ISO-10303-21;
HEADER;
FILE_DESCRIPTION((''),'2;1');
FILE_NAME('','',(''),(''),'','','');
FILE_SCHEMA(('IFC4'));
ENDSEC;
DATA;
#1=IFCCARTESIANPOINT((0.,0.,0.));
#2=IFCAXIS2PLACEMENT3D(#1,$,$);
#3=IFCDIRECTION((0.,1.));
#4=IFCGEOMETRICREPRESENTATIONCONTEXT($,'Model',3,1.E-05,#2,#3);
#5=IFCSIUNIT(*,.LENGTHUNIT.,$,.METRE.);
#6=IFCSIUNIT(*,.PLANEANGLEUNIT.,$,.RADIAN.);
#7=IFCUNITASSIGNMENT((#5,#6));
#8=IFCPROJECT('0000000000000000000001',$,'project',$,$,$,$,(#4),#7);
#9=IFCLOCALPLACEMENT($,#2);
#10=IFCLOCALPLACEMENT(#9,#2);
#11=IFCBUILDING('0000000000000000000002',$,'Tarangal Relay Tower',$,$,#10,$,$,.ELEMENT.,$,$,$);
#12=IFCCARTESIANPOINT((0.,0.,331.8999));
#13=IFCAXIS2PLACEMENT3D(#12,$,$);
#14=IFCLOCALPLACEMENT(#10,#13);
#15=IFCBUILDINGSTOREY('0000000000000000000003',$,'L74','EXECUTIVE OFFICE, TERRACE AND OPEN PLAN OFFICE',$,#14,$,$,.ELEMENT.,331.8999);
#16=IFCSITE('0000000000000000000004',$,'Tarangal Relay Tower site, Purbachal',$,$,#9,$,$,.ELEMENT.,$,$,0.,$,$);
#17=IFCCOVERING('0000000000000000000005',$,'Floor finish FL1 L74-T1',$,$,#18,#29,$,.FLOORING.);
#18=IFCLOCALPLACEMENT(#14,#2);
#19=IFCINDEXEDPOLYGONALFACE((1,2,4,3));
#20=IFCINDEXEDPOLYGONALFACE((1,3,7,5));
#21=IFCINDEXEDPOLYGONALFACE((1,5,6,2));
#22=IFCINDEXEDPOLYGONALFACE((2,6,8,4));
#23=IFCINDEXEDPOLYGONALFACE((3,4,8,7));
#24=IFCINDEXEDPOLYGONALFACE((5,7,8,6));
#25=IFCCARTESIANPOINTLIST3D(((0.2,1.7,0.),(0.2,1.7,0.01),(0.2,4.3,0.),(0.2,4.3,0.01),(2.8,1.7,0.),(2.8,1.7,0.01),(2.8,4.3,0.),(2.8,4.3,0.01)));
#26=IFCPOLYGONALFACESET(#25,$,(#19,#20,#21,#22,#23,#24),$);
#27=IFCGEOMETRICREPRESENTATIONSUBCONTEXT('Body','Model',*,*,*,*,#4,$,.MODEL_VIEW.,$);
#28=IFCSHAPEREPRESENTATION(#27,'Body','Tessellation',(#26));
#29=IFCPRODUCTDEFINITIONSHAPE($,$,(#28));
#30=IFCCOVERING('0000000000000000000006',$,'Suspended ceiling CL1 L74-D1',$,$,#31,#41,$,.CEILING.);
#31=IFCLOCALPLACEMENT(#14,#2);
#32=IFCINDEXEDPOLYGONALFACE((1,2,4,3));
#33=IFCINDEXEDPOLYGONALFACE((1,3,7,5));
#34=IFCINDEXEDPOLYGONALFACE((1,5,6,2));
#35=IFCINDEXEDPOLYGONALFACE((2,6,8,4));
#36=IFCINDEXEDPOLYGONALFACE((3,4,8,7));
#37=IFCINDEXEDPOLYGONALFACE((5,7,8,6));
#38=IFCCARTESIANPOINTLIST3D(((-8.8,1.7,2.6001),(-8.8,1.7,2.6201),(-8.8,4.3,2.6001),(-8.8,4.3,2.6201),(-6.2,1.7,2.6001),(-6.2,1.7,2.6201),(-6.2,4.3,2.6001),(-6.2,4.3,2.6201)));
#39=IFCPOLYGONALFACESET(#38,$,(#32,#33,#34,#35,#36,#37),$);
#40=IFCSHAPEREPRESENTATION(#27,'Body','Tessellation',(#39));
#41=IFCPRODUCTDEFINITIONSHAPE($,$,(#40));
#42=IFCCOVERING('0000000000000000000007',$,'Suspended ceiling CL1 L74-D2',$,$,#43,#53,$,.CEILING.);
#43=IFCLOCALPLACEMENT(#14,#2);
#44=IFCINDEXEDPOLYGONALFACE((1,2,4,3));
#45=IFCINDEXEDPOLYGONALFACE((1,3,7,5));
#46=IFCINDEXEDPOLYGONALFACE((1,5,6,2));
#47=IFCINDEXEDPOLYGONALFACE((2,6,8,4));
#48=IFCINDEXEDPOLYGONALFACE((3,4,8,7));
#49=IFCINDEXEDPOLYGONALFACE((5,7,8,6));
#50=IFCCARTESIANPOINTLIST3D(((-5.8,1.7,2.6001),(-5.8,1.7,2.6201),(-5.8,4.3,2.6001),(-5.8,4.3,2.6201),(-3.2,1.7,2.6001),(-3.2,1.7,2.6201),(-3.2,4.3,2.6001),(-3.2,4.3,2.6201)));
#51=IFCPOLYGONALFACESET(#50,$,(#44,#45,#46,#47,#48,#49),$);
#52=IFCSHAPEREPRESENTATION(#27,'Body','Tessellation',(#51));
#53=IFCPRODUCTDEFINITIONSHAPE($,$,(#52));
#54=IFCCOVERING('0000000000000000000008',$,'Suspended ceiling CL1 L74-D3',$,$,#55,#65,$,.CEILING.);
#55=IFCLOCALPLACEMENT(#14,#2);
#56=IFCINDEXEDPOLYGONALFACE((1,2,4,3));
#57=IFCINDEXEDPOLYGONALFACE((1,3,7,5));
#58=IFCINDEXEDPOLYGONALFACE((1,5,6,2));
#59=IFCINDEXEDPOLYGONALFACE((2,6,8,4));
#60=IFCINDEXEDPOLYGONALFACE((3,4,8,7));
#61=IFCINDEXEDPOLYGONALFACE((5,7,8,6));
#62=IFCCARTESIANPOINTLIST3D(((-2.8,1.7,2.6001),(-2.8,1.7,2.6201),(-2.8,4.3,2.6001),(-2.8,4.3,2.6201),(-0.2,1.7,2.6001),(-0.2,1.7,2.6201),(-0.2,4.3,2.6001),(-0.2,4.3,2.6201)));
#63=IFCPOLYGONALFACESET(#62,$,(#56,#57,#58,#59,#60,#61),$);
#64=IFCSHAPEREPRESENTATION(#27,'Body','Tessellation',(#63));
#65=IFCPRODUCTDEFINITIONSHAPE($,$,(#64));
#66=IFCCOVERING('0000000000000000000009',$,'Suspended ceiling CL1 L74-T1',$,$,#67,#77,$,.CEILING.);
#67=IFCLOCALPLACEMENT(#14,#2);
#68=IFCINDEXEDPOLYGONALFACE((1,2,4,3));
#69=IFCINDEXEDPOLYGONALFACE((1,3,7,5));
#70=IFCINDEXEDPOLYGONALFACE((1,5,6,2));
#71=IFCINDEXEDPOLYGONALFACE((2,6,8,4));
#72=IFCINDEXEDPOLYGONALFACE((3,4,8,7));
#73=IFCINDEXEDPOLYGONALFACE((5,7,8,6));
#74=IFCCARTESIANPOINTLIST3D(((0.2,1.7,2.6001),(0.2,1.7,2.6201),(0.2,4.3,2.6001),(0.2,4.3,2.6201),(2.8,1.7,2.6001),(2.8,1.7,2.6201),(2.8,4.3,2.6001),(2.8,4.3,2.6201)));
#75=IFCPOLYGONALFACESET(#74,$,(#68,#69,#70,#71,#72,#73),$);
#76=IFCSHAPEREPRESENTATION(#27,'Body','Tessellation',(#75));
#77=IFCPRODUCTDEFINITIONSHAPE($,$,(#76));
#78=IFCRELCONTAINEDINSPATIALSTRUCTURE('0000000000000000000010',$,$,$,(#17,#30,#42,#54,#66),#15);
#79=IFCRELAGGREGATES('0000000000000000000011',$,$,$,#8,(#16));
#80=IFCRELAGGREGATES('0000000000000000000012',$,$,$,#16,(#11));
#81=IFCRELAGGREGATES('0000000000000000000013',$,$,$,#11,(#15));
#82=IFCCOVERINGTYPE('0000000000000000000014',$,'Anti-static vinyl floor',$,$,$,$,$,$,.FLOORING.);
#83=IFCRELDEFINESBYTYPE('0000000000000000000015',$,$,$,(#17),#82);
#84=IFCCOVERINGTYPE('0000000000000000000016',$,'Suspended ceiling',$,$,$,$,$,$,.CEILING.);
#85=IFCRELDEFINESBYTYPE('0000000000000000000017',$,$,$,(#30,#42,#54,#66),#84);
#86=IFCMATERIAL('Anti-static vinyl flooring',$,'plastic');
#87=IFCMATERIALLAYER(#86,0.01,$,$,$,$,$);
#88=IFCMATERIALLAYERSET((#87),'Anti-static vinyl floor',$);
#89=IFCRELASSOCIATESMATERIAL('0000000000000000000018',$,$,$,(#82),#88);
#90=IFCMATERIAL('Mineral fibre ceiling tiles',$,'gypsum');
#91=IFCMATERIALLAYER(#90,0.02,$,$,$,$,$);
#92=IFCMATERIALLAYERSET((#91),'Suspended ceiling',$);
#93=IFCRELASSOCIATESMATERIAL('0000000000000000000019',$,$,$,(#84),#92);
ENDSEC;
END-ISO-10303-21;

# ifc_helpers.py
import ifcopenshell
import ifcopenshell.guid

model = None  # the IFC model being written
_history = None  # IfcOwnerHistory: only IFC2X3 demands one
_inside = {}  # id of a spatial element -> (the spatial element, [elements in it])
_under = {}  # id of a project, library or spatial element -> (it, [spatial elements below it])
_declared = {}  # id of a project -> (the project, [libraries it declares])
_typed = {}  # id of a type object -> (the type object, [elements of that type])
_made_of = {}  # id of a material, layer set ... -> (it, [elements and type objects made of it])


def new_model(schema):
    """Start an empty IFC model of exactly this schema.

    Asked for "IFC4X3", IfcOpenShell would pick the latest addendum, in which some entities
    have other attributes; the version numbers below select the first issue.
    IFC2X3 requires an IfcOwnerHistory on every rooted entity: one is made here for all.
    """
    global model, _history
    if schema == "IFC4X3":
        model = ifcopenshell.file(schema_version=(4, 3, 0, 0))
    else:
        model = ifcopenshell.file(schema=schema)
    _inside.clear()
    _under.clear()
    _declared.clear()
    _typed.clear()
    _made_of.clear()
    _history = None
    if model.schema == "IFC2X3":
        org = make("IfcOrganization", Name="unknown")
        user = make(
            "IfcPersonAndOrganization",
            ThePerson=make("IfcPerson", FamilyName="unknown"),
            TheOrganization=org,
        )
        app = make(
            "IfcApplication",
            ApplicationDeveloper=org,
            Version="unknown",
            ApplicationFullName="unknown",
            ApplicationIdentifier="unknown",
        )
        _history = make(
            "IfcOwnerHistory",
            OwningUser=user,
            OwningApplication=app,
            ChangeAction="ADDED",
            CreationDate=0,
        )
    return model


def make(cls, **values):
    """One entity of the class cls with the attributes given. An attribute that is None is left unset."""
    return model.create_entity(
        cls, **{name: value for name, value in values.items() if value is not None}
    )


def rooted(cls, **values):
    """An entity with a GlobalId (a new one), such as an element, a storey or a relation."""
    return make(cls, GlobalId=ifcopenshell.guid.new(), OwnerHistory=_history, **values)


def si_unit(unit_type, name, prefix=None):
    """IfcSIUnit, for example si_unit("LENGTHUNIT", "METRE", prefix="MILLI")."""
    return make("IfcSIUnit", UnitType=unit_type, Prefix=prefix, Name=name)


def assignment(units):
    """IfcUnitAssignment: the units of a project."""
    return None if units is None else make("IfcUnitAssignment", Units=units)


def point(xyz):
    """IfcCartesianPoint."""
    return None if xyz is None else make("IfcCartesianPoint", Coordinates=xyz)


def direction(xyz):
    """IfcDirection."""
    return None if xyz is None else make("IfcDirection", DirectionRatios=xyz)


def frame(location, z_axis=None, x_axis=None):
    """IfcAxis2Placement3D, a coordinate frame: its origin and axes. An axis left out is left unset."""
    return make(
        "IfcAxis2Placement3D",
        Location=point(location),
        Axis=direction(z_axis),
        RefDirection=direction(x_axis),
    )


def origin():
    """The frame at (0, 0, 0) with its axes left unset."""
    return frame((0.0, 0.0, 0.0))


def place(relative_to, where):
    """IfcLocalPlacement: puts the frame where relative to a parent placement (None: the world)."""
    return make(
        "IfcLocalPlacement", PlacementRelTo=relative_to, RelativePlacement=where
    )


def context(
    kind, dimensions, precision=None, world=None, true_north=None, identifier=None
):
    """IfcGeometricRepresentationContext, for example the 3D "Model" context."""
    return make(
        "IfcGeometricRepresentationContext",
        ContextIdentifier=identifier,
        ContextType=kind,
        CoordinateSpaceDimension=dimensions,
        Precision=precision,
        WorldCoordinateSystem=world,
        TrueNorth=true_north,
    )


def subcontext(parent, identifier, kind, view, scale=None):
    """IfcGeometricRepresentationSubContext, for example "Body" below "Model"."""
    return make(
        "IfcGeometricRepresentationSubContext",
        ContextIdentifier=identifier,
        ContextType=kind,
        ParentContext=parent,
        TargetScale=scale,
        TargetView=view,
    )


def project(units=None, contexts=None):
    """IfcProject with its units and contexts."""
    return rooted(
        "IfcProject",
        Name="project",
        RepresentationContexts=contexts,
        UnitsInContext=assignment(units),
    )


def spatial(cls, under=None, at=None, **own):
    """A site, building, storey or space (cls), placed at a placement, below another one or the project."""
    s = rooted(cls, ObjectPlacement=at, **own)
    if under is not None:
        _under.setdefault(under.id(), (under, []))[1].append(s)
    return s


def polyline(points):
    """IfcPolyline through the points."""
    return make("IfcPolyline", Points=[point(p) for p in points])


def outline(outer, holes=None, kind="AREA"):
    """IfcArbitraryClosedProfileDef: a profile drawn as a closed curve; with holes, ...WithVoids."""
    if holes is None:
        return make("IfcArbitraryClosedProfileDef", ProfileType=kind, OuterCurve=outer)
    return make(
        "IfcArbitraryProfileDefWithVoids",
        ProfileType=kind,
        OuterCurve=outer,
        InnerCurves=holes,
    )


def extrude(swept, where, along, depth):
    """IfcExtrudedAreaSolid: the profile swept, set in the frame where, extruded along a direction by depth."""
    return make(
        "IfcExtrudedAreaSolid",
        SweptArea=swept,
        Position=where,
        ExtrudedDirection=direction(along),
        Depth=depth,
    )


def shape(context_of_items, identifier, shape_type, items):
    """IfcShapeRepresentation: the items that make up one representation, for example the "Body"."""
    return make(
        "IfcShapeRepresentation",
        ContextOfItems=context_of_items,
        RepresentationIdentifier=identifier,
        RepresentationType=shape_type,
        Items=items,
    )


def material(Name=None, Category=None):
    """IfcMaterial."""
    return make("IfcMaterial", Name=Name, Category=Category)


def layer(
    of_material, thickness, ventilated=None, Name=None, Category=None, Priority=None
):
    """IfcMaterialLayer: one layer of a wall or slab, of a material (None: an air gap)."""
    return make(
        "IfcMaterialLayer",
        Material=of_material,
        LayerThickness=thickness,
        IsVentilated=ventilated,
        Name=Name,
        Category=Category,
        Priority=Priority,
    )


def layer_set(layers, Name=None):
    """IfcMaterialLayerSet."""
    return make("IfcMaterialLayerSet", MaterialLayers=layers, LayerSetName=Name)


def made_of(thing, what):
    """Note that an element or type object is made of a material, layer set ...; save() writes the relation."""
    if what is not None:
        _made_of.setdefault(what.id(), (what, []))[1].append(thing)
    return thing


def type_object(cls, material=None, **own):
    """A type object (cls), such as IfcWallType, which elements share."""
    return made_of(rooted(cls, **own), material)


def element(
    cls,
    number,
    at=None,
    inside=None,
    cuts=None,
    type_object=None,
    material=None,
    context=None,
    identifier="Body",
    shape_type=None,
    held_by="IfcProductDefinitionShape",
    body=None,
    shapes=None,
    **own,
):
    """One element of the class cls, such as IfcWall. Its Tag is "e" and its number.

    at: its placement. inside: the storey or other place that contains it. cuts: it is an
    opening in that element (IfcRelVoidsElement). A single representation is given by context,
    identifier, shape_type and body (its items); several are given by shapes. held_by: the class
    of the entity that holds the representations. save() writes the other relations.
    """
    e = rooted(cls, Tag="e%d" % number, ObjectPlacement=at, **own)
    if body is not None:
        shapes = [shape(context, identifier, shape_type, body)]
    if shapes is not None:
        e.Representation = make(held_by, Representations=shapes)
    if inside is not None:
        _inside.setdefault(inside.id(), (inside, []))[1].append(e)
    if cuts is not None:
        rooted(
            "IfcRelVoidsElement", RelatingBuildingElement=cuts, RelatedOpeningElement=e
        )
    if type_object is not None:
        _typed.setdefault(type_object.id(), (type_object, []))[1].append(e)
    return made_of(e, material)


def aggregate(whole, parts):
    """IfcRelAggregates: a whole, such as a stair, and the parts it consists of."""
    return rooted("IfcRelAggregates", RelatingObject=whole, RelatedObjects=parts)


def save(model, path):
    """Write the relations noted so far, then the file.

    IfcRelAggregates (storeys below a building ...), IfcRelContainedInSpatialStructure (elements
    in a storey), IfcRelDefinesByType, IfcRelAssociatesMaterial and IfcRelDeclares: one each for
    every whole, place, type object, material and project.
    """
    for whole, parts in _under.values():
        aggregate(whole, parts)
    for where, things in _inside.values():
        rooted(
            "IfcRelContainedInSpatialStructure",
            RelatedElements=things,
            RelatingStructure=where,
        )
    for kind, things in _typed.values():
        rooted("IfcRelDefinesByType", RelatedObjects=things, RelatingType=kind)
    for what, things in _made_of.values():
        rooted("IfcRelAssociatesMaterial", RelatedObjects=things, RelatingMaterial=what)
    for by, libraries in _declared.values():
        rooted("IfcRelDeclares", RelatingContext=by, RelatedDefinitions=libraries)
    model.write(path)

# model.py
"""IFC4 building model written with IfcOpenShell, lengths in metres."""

from ifc_helpers import new_model, si_unit, direction, frame, origin, place, context, subcontext, project, spatial, polyline, outline, extrude, material, layer, layer_set, type_object, element, save


model = new_model("IFC4")

# Units and contexts
model_context = context("Model", 3, precision=1e-05, world=origin(), true_north=direction((0.0, 1.0)))
body_context = subcontext(model_context, "Body", "Model", "MODEL_VIEW")
ifc_project = project(units=[si_unit("LENGTHUNIT", "METRE"), si_unit("PLANEANGLEUNIT", "RADIAN")], contexts=[model_context])

# Site, building, storey
site_placement = place(None, origin())
site = spatial("IfcSite", under=ifc_project, at=site_placement, Name="Tarangal Relay Tower site, Purbachal", CompositionType="ELEMENT", RefElevation=0.0)
building_placement = place(site_placement, origin())
building = spatial("IfcBuilding", under=site, at=building_placement, Name="Tarangal Relay Tower", CompositionType="ELEMENT")
storey_placement = place(building_placement, frame((0.0, 0.0, 331.8999)))
storey = spatial("IfcBuildingStorey", under=building, at=storey_placement, Name="L74", Description="EXECUTIVE OFFICE, TERRACE AND OPEN PLAN OFFICE", CompositionType="ELEMENT", Elevation=331.8999)

# Coverings
ifc_material_1 = material(Name="Anti-static vinyl flooring", Category="plastic")
ifc_layer_1 = layer(ifc_material_1, 0.01)
ifc_layer_set_1 = layer_set([ifc_layer_1], Name="Anti-static vinyl floor")
covering_type_1 = type_object("IfcCoveringType", Name="Anti-static vinyl floor", PredefinedType="FLOORING", material=ifc_layer_set_1)
covering_1_placement = place(storey_placement, origin())
element("IfcCovering", 1, at=covering_1_placement, inside=storey, type_object=covering_type_1, Name="Floor finish FL1 L74-T1", PredefinedType="FLOORING", context=body_context, shape_type="SweptSolid", body=[
    extrude(outline(polyline([(0.2, 1.7), (2.8, 1.7), (2.8, 4.3), (0.2, 4.3), (0.2, 1.7)])), origin(), (0.0, 0.0, 1.0), 0.01),
])
ifc_material_2 = material(Name="Mineral fibre ceiling tiles", Category="gypsum")
ifc_layer_2 = layer(ifc_material_2, 0.02)
ifc_layer_set_2 = layer_set([ifc_layer_2], Name="Suspended ceiling")
covering_type_2 = type_object("IfcCoveringType", Name="Suspended ceiling", PredefinedType="CEILING", material=ifc_layer_set_2)
covering_2_placement = place(storey_placement, frame((0.0, 0.0, 2.6001)))
element("IfcCovering", 2, at=covering_2_placement, inside=storey, type_object=covering_type_2, Name="Suspended ceiling CL1 L74-D1", PredefinedType="CEILING", context=body_context, shape_type="SweptSolid", body=[
    extrude(outline(polyline([(-8.8, 1.7), (-6.2, 1.7), (-6.2, 4.3), (-8.8, 4.3), (-8.8, 1.7)])), origin(), (0.0, 0.0, 1.0), 0.02),
])
covering_3_placement = place(storey_placement, frame((0.0, 0.0, 2.6001)))
element("IfcCovering", 3, at=covering_3_placement, inside=storey, type_object=covering_type_2, Name="Suspended ceiling CL1 L74-D2", PredefinedType="CEILING", context=body_context, shape_type="SweptSolid", body=[
    extrude(outline(polyline([(-5.8, 1.7), (-3.2, 1.7), (-3.2, 4.3), (-5.8, 4.3), (-5.8, 1.7)])), origin(), (0.0, 0.0, 1.0), 0.02),
])
covering_4_placement = place(storey_placement, frame((0.0, 0.0, 2.6001)))
element("IfcCovering", 4, at=covering_4_placement, inside=storey, type_object=covering_type_2, Name="Suspended ceiling CL1 L74-D3", PredefinedType="CEILING", context=body_context, shape_type="SweptSolid", body=[
    extrude(outline(polyline([(-2.8, 1.7), (-0.2, 1.7), (-0.2, 4.3), (-2.8, 4.3), (-2.8, 1.7)])), origin(), (0.0, 0.0, 1.0), 0.02),
])
covering_5_placement = place(storey_placement, frame((0.0, 0.0, 2.6001)))
element("IfcCovering", 5, at=covering_5_placement, inside=storey, type_object=covering_type_2, Name="Suspended ceiling CL1 L74-T1", PredefinedType="CEILING", context=body_context, shape_type="SweptSolid", body=[
    extrude(outline(polyline([(0.2, 1.7), (2.8, 1.7), (2.8, 4.3), (0.2, 4.3), (0.2, 1.7)])), origin(), (0.0, 0.0, 1.0), 0.02),
])

save(model, "model.ifc")
